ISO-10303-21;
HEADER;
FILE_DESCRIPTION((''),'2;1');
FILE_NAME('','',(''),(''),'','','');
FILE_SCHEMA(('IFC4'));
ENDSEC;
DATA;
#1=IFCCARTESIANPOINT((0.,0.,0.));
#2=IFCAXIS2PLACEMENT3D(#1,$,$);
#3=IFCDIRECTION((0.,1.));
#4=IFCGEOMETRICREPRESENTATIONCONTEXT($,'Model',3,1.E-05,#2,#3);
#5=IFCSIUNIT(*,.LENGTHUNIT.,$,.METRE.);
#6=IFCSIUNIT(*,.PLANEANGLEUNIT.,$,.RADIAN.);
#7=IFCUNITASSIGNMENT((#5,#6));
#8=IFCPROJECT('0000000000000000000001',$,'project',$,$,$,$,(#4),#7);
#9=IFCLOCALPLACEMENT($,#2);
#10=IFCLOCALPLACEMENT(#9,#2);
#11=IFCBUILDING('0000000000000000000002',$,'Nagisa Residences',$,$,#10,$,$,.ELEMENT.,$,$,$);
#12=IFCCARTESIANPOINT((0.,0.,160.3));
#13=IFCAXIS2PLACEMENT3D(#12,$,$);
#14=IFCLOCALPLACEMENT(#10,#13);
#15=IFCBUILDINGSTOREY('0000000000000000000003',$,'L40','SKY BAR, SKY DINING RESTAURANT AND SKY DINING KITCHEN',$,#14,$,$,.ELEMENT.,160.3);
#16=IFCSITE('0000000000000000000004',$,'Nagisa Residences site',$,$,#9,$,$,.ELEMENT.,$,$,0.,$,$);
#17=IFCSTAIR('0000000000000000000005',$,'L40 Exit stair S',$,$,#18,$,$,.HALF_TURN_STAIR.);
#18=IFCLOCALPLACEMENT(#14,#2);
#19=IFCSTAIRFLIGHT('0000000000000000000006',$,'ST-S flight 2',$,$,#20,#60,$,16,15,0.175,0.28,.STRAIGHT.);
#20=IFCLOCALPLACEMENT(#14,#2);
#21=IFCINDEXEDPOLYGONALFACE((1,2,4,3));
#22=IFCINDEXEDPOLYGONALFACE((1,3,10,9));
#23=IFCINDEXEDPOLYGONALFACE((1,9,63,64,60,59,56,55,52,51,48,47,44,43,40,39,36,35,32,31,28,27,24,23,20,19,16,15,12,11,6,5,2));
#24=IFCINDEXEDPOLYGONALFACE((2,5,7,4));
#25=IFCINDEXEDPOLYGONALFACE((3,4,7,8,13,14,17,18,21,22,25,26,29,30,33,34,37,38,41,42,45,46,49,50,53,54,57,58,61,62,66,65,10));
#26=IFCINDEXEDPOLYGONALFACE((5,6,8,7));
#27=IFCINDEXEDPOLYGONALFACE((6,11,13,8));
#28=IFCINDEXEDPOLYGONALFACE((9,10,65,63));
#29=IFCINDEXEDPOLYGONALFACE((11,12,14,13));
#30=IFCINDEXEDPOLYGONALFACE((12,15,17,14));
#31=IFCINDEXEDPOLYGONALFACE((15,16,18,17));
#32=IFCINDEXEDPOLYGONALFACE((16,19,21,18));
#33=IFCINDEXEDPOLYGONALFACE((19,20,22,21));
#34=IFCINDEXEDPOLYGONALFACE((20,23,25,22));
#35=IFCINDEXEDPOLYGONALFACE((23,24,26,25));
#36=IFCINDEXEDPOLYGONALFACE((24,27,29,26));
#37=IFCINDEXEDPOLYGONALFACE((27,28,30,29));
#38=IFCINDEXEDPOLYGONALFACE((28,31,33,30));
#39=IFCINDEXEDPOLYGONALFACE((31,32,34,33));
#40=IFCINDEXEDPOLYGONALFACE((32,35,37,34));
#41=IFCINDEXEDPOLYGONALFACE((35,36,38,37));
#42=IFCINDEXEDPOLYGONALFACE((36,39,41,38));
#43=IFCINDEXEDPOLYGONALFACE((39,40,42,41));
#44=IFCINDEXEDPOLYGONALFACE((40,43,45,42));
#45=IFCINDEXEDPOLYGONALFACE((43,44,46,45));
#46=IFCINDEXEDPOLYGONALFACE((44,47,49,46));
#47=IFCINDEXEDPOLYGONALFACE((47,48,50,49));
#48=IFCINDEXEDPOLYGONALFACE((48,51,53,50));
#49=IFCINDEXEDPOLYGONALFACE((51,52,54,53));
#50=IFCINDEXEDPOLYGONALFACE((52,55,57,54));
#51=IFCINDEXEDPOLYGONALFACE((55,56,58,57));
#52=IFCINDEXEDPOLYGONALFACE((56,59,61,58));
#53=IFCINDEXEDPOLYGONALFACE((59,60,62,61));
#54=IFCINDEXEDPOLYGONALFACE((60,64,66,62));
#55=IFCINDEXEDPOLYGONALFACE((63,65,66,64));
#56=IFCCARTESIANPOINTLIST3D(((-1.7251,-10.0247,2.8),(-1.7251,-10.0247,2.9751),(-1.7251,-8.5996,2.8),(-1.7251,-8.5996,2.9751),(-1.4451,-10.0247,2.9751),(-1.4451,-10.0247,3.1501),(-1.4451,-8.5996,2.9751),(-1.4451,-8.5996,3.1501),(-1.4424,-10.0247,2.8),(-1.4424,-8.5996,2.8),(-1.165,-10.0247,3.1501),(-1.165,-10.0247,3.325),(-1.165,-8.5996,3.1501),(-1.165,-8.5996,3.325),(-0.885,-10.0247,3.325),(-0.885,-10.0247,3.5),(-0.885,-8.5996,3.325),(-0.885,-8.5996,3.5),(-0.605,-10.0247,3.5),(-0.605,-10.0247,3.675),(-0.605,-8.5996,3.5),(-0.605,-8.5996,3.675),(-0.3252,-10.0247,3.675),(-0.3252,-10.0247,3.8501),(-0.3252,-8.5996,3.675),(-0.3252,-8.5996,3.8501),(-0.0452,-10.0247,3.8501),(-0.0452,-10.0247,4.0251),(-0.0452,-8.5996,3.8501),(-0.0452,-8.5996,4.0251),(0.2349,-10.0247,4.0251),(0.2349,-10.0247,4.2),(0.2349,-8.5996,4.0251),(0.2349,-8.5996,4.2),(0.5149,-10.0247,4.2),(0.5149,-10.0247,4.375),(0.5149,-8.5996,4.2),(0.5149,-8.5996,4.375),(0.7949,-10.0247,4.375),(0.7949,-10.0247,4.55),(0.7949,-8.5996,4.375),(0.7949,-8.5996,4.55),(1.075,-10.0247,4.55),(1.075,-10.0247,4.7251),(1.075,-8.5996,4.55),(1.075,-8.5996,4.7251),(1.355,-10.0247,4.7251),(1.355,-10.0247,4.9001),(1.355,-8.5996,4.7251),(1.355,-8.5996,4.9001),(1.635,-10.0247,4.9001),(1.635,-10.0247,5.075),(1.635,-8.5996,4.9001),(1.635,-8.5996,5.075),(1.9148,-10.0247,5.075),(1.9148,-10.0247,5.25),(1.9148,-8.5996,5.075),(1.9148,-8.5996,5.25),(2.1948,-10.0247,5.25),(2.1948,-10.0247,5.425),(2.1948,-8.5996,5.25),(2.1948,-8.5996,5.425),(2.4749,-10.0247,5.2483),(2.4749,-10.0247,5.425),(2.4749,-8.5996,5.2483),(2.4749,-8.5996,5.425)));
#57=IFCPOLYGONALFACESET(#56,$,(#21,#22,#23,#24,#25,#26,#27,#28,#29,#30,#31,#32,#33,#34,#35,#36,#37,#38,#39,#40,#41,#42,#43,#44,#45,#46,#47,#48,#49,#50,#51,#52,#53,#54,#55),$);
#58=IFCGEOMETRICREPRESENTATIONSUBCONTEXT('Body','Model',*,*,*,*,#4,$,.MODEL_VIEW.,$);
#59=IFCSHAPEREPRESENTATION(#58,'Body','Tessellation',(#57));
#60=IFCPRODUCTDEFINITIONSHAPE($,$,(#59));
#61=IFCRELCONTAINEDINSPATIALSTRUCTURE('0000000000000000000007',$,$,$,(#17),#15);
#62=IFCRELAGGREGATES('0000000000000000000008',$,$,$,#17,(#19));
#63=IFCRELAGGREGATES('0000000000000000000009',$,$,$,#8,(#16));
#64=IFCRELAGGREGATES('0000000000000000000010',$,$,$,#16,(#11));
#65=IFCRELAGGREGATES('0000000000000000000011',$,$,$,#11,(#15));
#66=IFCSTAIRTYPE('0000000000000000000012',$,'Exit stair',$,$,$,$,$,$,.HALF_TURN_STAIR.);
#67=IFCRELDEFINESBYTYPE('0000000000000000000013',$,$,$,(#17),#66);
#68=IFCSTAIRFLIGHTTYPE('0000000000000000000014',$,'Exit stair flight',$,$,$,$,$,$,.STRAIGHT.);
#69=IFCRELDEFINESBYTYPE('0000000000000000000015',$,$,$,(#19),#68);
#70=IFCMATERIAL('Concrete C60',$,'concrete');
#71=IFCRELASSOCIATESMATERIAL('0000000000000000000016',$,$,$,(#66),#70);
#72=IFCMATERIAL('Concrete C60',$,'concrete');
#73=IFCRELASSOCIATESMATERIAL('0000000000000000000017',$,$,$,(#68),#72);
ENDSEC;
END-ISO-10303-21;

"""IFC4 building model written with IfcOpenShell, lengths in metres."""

from ifc_helpers import new_model, si_unit, direction, frame, origin, place, context, subcontext, project, spatial, polyline, outline, extrude, material, type_object, element, aggregate, save


model = new_model("IFC4")

# Units and contexts
model_context = context("Model", 3, precision=1e-05, world=origin(), true_north=direction((0.0, 1.0)))
body_context = subcontext(model_context, "Body", "Model", "MODEL_VIEW")
ifc_project = project(units=[si_unit("LENGTHUNIT", "METRE"), si_unit("PLANEANGLEUNIT", "RADIAN")], contexts=[model_context])

# Site, building, storey
site_placement = place(None, origin())
site = spatial("IfcSite", under=ifc_project, at=site_placement, Name="Nagisa Residences site", CompositionType="ELEMENT", RefElevation=0.0)
building_placement = place(site_placement, origin())
building = spatial("IfcBuilding", under=site, at=building_placement, Name="Nagisa Residences", CompositionType="ELEMENT")
storey_placement = place(building_placement, frame((0.0, 0.0, 160.3)))
storey = spatial("IfcBuildingStorey", under=building, at=storey_placement, Name="L40", Description="SKY BAR, SKY DINING RESTAURANT AND SKY DINING KITCHEN", CompositionType="ELEMENT", Elevation=160.3)

# Stair, stair flight
ifc_material_1 = material(Name="Concrete C60", Category="concrete")
stair_type = type_object("IfcStairType", Name="Exit stair", PredefinedType="HALF_TURN_STAIR", material=ifc_material_1)
stair_placement = place(storey_placement, origin())
stair = element("IfcStair", 1, at=stair_placement, inside=storey, type_object=stair_type, Name="L40 Exit stair S", PredefinedType="HALF_TURN_STAIR")
ifc_material_2 = material(Name="Concrete C60", Category="concrete")
stair_flight_type = type_object("IfcStairFlightType", Name="Exit stair flight", PredefinedType="STRAIGHT", material=ifc_material_2)
stair_flight_placement = place(storey_placement, frame((-1.7251, -9.312, 2.8), z_axis=(0.0, 0.0, 1.0), x_axis=(1.0, 0.0, 0.0)))
stair_flight = element("IfcStairFlight", 2, at=stair_flight_placement, type_object=stair_flight_type, Name="ST-S flight 2", NumberOfRisers=16, NumberOfTreads=15, PredefinedType="STRAIGHT", RiserHeight=0.175, TreadLength=0.28, context=body_context, shape_type="SweptSolid", body=[
    extrude(outline(polyline([(0.0, 0.0), (0.0, 0.175), (0.28, 0.175), (0.28, 0.3501), (0.5601, 0.3501), (0.5601, 0.5249), (0.8401, 0.5249), (0.8401, 0.7), (1.1201, 0.7), (1.1201, 0.875), (1.3999, 0.875), (1.3999, 1.05), (1.6799, 1.05), (1.6799, 1.2251), (1.96, 1.2251), (1.96, 1.3999), (2.24, 1.3999), (2.24, 1.575), (2.52, 1.575), (2.52, 1.75), (2.8, 1.75), (2.8, 1.925), (3.0801, 1.925), (3.0801, 2.1001), (3.3601, 2.1001), (3.3601, 2.2749), (3.6399, 2.2749), (3.6399, 2.45), (3.9199, 2.45), (3.9199, 2.625), (4.2, 2.625), (4.2, 2.8), (4.2, 2.4482), (0.2827, 0.0), (0.0, 0.0)])), frame((0.0, 0.7124, 0.0), z_axis=(0.0, -1.0, 0.0), x_axis=(1.0, 0.0, 0.0)), (0.0, 0.0, 1.0), 1.425),
])
aggregate(stair, [stair_flight])

save(model, "model.ifc")
